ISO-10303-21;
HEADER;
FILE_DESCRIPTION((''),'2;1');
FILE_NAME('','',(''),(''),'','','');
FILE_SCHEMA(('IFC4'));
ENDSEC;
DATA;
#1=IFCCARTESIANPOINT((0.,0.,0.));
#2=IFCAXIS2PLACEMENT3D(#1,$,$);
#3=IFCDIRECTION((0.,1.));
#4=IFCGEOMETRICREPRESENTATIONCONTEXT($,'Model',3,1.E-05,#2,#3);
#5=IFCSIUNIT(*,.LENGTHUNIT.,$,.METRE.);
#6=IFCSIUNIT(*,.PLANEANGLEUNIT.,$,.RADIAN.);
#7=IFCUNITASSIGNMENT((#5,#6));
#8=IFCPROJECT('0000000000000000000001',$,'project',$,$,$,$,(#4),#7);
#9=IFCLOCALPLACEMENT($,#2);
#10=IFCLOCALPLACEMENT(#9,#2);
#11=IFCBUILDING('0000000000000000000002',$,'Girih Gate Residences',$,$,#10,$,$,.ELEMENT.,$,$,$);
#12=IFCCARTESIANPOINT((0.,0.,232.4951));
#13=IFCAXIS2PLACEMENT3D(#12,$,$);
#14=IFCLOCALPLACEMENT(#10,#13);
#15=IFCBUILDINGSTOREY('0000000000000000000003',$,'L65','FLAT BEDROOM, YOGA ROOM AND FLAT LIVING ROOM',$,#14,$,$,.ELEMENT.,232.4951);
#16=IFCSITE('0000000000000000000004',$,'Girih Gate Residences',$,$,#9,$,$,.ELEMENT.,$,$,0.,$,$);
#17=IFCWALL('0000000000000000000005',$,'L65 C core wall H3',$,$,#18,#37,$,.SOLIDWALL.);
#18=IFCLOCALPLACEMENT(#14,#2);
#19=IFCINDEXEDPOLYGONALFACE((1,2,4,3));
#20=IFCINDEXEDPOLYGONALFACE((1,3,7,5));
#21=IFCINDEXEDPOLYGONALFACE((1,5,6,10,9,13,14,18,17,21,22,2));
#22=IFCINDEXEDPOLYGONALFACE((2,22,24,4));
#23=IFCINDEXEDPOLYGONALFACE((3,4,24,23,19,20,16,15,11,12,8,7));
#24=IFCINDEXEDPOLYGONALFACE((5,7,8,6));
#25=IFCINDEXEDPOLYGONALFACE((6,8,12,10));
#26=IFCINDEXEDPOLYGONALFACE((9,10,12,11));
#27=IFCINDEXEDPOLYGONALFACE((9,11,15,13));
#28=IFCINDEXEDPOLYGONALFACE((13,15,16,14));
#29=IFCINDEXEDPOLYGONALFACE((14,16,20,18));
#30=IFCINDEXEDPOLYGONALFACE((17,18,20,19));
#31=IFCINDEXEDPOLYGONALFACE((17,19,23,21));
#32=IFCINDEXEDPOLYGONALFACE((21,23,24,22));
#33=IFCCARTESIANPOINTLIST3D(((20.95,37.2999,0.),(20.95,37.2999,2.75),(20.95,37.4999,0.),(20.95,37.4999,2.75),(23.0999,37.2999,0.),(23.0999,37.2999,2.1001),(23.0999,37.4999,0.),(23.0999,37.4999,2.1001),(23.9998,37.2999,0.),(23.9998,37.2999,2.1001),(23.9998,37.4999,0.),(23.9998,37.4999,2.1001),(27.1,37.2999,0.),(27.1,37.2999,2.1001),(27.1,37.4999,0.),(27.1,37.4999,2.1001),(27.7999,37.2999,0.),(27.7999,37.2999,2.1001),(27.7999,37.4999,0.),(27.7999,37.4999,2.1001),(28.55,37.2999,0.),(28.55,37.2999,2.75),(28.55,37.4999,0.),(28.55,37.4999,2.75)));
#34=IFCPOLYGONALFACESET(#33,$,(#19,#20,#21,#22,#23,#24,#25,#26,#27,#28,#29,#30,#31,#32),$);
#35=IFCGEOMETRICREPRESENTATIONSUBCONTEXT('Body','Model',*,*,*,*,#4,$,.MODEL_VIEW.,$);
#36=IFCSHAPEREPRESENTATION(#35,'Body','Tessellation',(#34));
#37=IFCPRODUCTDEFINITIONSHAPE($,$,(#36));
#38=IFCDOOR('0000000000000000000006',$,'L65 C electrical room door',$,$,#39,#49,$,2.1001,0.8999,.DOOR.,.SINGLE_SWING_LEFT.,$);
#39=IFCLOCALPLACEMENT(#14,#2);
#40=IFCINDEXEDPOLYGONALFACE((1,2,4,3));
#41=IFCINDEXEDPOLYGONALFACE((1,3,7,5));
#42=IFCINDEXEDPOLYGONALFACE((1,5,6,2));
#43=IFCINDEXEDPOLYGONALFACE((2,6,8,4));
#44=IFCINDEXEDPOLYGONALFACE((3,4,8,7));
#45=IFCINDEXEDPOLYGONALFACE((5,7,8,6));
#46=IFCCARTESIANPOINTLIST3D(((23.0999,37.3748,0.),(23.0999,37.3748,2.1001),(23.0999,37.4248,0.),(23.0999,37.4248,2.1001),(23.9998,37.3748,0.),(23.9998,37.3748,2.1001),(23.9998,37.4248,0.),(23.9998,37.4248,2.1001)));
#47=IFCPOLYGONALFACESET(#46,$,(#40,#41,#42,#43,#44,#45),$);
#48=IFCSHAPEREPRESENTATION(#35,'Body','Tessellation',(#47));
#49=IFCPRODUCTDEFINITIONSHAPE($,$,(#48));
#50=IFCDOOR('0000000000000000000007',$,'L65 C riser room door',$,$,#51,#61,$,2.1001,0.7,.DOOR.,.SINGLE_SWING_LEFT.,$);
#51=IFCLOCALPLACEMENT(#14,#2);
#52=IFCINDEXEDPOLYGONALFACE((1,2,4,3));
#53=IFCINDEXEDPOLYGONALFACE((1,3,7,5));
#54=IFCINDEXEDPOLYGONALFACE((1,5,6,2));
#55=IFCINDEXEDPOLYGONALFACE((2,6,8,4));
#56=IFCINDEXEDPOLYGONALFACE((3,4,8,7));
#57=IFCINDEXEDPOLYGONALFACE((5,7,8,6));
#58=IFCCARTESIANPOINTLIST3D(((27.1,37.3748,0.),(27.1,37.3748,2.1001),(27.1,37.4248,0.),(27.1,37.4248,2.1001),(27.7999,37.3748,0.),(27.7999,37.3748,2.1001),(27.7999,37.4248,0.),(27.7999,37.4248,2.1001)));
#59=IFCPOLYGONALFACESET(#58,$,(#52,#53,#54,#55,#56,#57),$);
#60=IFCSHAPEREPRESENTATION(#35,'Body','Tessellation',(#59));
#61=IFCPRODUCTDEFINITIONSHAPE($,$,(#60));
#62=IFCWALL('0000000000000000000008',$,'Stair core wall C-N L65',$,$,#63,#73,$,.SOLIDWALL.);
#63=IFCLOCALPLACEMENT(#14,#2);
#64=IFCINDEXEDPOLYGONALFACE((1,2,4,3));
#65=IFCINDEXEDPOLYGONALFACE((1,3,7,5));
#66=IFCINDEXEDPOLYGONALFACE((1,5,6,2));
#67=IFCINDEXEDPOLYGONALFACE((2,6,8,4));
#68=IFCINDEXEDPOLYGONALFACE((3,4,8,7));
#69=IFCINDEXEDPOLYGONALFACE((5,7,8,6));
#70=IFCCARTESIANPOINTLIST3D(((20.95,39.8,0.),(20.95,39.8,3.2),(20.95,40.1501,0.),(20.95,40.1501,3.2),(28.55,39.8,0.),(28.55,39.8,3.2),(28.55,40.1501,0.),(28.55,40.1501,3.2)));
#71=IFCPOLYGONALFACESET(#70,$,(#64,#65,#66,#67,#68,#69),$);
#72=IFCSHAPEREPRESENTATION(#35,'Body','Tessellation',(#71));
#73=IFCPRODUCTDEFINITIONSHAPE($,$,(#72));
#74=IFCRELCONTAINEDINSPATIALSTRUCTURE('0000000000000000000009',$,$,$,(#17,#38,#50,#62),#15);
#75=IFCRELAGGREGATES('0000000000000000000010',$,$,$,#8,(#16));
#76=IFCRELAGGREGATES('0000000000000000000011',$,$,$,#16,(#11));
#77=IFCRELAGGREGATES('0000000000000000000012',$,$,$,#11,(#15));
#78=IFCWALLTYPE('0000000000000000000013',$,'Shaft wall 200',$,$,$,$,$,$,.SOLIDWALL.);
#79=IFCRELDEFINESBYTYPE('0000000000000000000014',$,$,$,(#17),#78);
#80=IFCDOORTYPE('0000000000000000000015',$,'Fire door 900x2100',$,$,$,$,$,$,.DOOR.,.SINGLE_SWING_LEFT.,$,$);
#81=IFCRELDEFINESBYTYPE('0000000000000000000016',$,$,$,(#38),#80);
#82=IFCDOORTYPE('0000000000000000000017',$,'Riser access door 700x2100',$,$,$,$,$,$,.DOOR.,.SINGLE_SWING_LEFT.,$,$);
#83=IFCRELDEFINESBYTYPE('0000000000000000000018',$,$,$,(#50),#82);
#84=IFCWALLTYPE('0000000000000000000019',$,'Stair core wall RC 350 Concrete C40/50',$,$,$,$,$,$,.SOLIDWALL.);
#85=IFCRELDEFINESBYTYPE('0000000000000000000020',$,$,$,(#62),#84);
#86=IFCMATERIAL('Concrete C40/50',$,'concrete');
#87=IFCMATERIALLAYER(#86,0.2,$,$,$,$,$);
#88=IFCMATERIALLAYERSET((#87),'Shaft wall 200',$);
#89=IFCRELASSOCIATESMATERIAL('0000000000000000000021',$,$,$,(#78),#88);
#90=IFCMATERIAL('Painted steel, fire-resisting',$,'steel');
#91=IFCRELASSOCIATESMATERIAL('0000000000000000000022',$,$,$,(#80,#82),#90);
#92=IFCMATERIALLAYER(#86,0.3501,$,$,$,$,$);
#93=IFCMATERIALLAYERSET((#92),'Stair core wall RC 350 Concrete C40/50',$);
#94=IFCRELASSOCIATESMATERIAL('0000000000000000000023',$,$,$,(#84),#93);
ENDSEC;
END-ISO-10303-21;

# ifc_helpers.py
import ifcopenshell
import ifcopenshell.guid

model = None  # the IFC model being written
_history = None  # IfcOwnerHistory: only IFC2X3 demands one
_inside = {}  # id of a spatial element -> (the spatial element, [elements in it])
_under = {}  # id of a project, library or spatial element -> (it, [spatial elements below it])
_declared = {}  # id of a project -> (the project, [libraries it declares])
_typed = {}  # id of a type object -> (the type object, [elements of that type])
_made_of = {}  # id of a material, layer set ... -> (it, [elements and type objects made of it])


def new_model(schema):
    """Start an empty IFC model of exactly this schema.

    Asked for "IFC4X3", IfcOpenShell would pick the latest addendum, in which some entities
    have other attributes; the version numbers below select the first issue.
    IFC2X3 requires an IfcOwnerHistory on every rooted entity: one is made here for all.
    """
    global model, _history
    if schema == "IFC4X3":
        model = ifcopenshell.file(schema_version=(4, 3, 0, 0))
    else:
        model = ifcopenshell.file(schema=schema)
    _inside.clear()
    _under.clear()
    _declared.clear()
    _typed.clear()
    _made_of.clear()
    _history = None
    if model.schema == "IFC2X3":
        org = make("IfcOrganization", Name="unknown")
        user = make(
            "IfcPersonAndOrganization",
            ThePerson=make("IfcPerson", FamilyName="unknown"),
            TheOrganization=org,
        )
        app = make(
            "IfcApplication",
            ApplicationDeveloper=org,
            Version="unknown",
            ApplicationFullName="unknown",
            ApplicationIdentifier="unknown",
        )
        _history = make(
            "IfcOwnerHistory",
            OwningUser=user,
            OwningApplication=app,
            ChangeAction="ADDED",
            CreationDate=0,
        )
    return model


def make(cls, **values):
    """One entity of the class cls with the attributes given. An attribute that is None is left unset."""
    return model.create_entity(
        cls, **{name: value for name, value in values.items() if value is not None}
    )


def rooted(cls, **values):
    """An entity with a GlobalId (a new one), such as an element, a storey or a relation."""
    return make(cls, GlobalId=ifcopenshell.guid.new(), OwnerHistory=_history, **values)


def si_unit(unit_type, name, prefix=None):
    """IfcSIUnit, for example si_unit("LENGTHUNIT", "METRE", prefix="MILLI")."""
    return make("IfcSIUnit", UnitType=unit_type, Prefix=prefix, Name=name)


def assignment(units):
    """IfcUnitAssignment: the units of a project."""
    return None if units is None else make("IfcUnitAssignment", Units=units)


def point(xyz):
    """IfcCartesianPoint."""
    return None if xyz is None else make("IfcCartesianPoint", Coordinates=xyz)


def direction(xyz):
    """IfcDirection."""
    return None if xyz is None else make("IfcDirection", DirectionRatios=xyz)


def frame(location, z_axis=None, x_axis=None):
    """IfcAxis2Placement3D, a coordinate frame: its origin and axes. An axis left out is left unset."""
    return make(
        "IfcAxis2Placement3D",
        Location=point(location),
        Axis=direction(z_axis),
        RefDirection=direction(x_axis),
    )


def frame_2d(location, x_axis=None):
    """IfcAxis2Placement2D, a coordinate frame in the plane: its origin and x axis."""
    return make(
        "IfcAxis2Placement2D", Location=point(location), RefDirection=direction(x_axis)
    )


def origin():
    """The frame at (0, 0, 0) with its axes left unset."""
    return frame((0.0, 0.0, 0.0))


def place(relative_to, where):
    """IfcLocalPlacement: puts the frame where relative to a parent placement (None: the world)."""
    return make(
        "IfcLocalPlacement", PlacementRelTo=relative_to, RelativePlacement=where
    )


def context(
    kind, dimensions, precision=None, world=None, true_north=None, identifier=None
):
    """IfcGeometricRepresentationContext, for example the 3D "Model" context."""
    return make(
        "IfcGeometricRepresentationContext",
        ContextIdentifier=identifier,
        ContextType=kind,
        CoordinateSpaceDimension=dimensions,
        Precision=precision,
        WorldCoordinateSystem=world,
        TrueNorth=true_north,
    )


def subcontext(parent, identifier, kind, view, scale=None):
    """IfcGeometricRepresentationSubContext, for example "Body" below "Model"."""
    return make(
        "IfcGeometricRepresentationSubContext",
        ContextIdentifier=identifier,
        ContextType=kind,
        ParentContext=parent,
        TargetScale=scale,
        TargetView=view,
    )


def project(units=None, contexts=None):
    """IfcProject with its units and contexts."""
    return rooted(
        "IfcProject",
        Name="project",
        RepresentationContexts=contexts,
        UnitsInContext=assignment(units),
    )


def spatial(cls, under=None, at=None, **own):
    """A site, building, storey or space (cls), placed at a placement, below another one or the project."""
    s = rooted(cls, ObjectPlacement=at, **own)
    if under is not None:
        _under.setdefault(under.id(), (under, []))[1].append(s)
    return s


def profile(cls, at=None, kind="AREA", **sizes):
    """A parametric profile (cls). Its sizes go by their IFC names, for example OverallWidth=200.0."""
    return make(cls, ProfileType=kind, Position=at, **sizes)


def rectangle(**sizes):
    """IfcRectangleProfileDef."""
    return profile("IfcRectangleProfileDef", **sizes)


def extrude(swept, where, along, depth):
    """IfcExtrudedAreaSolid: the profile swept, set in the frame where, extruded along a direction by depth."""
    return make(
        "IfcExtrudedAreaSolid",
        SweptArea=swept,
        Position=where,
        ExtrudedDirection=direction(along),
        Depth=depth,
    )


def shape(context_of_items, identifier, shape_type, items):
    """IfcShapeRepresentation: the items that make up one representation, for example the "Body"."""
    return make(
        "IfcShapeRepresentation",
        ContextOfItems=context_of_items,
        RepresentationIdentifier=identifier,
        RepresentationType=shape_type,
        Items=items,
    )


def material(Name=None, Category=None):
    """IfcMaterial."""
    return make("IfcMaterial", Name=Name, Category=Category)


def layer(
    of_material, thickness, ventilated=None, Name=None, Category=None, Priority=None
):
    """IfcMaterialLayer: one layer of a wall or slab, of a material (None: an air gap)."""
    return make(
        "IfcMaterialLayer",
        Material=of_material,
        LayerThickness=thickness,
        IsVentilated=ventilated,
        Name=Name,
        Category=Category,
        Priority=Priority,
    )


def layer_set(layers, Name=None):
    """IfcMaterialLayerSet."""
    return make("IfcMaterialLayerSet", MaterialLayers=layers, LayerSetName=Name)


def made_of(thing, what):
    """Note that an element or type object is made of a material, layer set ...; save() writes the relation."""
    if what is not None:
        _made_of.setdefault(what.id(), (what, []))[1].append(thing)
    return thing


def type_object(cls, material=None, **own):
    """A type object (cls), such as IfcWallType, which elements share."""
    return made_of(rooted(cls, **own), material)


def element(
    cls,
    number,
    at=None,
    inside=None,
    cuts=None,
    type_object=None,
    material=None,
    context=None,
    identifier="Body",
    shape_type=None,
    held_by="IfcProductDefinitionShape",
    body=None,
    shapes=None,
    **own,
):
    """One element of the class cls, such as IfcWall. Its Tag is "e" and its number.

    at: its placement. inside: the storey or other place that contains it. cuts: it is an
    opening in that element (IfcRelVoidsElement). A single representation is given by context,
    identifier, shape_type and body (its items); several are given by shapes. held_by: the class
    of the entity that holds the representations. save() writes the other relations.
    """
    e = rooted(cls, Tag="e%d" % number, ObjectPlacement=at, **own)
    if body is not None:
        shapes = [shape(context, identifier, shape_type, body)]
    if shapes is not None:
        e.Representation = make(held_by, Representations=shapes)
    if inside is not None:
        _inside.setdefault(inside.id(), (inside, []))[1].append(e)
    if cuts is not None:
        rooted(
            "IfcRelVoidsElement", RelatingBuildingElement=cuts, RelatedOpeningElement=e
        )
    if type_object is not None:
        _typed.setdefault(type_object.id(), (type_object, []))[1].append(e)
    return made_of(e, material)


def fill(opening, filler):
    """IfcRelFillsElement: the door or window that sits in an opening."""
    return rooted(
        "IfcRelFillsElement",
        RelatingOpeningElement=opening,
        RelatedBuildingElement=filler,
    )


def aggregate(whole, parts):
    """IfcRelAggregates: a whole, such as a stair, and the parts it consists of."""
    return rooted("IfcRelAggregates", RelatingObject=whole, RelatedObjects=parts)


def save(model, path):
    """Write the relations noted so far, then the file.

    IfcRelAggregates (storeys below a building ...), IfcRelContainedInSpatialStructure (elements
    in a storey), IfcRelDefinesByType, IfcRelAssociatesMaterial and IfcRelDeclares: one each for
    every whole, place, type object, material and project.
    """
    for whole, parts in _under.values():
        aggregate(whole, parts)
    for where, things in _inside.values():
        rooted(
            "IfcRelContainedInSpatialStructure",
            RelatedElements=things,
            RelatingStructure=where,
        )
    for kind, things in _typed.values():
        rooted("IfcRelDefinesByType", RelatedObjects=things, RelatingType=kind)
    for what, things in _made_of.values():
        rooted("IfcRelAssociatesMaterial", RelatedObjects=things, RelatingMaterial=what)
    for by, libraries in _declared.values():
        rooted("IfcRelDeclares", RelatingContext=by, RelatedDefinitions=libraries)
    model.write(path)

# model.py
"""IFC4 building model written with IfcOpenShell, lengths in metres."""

from ifc_helpers import new_model, si_unit, direction, frame, frame_2d, origin, place, context, subcontext, project, spatial, rectangle, extrude, material, layer, layer_set, type_object, element, fill, save


model = new_model("IFC4")

# Units and contexts
model_context = context("Model", 3, precision=1e-05, world=origin(), true_north=direction((0.0, 1.0)))
body_context = subcontext(model_context, "Body", "Model", "MODEL_VIEW")
ifc_project = project(units=[si_unit("LENGTHUNIT", "METRE"), si_unit("PLANEANGLEUNIT", "RADIAN")], contexts=[model_context])

# Site, building, storey
site_placement = place(None, origin())
site = spatial("IfcSite", under=ifc_project, at=site_placement, Name="Girih Gate Residences", CompositionType="ELEMENT", RefElevation=0.0)
building_placement = place(site_placement, origin())
building = spatial("IfcBuilding", under=site, at=building_placement, Name="Girih Gate Residences", CompositionType="ELEMENT")
storey_placement = place(building_placement, frame((0.0, 0.0, 232.4951)))
storey = spatial("IfcBuildingStorey", under=building, at=storey_placement, Name="L65", Description="FLAT BEDROOM, YOGA ROOM AND FLAT LIVING ROOM", CompositionType="ELEMENT", Elevation=232.4951)

# Shared definitions
ifc_material_1 = material(Name="Concrete C40/50", Category="concrete")
ifc_layer_1 = layer(ifc_material_1, 0.2)
ifc_layer_set_1 = layer_set([ifc_layer_1], Name="Shaft wall 200")
wall_type_1 = type_object("IfcWallType", Name="Shaft wall 200", PredefinedType="SOLIDWALL", material=ifc_layer_set_1)

# Shared definitions
ifc_material_2 = material(Name="Painted steel, fire-resisting", Category="steel")
door_type_1 = type_object("IfcDoorType", Name="Fire door 900x2100", OperationType="SINGLE_SWING_LEFT", PredefinedType="DOOR", material=ifc_material_2)

# Wall, openings, doors
wall_1_placement = place(storey_placement, frame((20.95, 37.3999, 0.0), z_axis=(0.0, 0.0, 1.0), x_axis=(1.0, 0.0, 0.0)))
wall_1 = element("IfcWall", 1, at=wall_1_placement, inside=storey, type_object=wall_type_1, Name="L65 C core wall H3", PredefinedType="SOLIDWALL", context=body_context, shape_type="SweptSolid", body=[
    extrude(rectangle(XDim=7.6001, YDim=0.2, at=frame_2d((3.8, 0.0))), origin(), (0.0, 0.0, 1.0), 2.75),
])
opening_1_placement = place(wall_1_placement, frame((6.1499, 0.0, 0.0)))
opening_1 = element("IfcOpeningElement", 2, at=opening_1_placement, cuts=wall_1, PredefinedType="OPENING", context=body_context, shape_type="SweptSolid", body=[
    extrude(rectangle(XDim=0.7, YDim=2.1001, at=frame_2d((0.3501, 1.05))), frame((0.0, 0.1099, 0.0), z_axis=(0.0, -1.0, 0.0), x_axis=(1.0, 0.0, 0.0)), (0.0, 0.0, 1.0), 0.22),
])
opening_2_placement = place(wall_1_placement, frame((2.1499, 0.0, 0.0)))
opening_2 = element("IfcOpeningElement", 3, at=opening_2_placement, cuts=wall_1, PredefinedType="OPENING", context=body_context, shape_type="SweptSolid", body=[
    extrude(rectangle(XDim=0.8999, YDim=2.1001, at=frame_2d((0.45, 1.05))), frame((0.0, 0.1099, 0.0), z_axis=(0.0, -1.0, 0.0), x_axis=(1.0, 0.0, 0.0)), (0.0, 0.0, 1.0), 0.22),
])
door_1_placement = place(opening_2_placement, origin())
door_1 = element("IfcDoor", 4, at=door_1_placement, inside=storey, type_object=door_type_1, Name="L65 C electrical room door", OperationType="SINGLE_SWING_LEFT", OverallHeight=2.1001, OverallWidth=0.8999, PredefinedType="DOOR", context=body_context, shape_type="SweptSolid", body=[
    extrude(rectangle(XDim=0.8999, YDim=2.1001, at=frame_2d((0.45, 1.05))), frame((0.0, 0.0249, 0.0), z_axis=(0.0, -1.0, 0.0), x_axis=(1.0, 0.0, 0.0)), (0.0, 0.0, 1.0), 0.05),
])
fill(opening_2, door_1)
door_type_2 = type_object("IfcDoorType", Name="Riser access door 700x2100", OperationType="SINGLE_SWING_LEFT", PredefinedType="DOOR", material=ifc_material_2)
door_2_placement = place(opening_1_placement, origin())
door_2 = element("IfcDoor", 5, at=door_2_placement, inside=storey, type_object=door_type_2, Name="L65 C riser room door", OperationType="SINGLE_SWING_LEFT", OverallHeight=2.1001, OverallWidth=0.7, PredefinedType="DOOR", context=body_context, shape_type="SweptSolid", body=[
    extrude(rectangle(XDim=0.7, YDim=2.1001, at=frame_2d((0.3501, 1.05))), frame((0.0, 0.0249, 0.0), z_axis=(0.0, -1.0, 0.0), x_axis=(1.0, 0.0, 0.0)), (0.0, 0.0, 1.0), 0.05),
])
fill(opening_1, door_2)

# Wall
ifc_layer_2 = layer(ifc_material_1, 0.3501)
ifc_layer_set_2 = layer_set([ifc_layer_2], Name="Stair core wall RC 350 Concrete C40/50")
wall_type_2 = type_object("IfcWallType", Name="Stair core wall RC 350 Concrete C40/50", PredefinedType="SOLIDWALL", material=ifc_layer_set_2)
wall_2_placement = place(storey_placement, frame((20.95, 39.9751, 0.0), z_axis=(0.0, 0.0, 1.0), x_axis=(1.0, 0.0, 0.0)))
element("IfcWall", 6, at=wall_2_placement, inside=storey, type_object=wall_type_2, Name="Stair core wall C-N L65", PredefinedType="SOLIDWALL", context=body_context, shape_type="SweptSolid", body=[
    extrude(rectangle(XDim=7.6001, YDim=0.3501, at=frame_2d((3.8, 0.0))), origin(), (0.0, 0.0, 1.0), 3.2),
])

save(model, "model.ifc")
